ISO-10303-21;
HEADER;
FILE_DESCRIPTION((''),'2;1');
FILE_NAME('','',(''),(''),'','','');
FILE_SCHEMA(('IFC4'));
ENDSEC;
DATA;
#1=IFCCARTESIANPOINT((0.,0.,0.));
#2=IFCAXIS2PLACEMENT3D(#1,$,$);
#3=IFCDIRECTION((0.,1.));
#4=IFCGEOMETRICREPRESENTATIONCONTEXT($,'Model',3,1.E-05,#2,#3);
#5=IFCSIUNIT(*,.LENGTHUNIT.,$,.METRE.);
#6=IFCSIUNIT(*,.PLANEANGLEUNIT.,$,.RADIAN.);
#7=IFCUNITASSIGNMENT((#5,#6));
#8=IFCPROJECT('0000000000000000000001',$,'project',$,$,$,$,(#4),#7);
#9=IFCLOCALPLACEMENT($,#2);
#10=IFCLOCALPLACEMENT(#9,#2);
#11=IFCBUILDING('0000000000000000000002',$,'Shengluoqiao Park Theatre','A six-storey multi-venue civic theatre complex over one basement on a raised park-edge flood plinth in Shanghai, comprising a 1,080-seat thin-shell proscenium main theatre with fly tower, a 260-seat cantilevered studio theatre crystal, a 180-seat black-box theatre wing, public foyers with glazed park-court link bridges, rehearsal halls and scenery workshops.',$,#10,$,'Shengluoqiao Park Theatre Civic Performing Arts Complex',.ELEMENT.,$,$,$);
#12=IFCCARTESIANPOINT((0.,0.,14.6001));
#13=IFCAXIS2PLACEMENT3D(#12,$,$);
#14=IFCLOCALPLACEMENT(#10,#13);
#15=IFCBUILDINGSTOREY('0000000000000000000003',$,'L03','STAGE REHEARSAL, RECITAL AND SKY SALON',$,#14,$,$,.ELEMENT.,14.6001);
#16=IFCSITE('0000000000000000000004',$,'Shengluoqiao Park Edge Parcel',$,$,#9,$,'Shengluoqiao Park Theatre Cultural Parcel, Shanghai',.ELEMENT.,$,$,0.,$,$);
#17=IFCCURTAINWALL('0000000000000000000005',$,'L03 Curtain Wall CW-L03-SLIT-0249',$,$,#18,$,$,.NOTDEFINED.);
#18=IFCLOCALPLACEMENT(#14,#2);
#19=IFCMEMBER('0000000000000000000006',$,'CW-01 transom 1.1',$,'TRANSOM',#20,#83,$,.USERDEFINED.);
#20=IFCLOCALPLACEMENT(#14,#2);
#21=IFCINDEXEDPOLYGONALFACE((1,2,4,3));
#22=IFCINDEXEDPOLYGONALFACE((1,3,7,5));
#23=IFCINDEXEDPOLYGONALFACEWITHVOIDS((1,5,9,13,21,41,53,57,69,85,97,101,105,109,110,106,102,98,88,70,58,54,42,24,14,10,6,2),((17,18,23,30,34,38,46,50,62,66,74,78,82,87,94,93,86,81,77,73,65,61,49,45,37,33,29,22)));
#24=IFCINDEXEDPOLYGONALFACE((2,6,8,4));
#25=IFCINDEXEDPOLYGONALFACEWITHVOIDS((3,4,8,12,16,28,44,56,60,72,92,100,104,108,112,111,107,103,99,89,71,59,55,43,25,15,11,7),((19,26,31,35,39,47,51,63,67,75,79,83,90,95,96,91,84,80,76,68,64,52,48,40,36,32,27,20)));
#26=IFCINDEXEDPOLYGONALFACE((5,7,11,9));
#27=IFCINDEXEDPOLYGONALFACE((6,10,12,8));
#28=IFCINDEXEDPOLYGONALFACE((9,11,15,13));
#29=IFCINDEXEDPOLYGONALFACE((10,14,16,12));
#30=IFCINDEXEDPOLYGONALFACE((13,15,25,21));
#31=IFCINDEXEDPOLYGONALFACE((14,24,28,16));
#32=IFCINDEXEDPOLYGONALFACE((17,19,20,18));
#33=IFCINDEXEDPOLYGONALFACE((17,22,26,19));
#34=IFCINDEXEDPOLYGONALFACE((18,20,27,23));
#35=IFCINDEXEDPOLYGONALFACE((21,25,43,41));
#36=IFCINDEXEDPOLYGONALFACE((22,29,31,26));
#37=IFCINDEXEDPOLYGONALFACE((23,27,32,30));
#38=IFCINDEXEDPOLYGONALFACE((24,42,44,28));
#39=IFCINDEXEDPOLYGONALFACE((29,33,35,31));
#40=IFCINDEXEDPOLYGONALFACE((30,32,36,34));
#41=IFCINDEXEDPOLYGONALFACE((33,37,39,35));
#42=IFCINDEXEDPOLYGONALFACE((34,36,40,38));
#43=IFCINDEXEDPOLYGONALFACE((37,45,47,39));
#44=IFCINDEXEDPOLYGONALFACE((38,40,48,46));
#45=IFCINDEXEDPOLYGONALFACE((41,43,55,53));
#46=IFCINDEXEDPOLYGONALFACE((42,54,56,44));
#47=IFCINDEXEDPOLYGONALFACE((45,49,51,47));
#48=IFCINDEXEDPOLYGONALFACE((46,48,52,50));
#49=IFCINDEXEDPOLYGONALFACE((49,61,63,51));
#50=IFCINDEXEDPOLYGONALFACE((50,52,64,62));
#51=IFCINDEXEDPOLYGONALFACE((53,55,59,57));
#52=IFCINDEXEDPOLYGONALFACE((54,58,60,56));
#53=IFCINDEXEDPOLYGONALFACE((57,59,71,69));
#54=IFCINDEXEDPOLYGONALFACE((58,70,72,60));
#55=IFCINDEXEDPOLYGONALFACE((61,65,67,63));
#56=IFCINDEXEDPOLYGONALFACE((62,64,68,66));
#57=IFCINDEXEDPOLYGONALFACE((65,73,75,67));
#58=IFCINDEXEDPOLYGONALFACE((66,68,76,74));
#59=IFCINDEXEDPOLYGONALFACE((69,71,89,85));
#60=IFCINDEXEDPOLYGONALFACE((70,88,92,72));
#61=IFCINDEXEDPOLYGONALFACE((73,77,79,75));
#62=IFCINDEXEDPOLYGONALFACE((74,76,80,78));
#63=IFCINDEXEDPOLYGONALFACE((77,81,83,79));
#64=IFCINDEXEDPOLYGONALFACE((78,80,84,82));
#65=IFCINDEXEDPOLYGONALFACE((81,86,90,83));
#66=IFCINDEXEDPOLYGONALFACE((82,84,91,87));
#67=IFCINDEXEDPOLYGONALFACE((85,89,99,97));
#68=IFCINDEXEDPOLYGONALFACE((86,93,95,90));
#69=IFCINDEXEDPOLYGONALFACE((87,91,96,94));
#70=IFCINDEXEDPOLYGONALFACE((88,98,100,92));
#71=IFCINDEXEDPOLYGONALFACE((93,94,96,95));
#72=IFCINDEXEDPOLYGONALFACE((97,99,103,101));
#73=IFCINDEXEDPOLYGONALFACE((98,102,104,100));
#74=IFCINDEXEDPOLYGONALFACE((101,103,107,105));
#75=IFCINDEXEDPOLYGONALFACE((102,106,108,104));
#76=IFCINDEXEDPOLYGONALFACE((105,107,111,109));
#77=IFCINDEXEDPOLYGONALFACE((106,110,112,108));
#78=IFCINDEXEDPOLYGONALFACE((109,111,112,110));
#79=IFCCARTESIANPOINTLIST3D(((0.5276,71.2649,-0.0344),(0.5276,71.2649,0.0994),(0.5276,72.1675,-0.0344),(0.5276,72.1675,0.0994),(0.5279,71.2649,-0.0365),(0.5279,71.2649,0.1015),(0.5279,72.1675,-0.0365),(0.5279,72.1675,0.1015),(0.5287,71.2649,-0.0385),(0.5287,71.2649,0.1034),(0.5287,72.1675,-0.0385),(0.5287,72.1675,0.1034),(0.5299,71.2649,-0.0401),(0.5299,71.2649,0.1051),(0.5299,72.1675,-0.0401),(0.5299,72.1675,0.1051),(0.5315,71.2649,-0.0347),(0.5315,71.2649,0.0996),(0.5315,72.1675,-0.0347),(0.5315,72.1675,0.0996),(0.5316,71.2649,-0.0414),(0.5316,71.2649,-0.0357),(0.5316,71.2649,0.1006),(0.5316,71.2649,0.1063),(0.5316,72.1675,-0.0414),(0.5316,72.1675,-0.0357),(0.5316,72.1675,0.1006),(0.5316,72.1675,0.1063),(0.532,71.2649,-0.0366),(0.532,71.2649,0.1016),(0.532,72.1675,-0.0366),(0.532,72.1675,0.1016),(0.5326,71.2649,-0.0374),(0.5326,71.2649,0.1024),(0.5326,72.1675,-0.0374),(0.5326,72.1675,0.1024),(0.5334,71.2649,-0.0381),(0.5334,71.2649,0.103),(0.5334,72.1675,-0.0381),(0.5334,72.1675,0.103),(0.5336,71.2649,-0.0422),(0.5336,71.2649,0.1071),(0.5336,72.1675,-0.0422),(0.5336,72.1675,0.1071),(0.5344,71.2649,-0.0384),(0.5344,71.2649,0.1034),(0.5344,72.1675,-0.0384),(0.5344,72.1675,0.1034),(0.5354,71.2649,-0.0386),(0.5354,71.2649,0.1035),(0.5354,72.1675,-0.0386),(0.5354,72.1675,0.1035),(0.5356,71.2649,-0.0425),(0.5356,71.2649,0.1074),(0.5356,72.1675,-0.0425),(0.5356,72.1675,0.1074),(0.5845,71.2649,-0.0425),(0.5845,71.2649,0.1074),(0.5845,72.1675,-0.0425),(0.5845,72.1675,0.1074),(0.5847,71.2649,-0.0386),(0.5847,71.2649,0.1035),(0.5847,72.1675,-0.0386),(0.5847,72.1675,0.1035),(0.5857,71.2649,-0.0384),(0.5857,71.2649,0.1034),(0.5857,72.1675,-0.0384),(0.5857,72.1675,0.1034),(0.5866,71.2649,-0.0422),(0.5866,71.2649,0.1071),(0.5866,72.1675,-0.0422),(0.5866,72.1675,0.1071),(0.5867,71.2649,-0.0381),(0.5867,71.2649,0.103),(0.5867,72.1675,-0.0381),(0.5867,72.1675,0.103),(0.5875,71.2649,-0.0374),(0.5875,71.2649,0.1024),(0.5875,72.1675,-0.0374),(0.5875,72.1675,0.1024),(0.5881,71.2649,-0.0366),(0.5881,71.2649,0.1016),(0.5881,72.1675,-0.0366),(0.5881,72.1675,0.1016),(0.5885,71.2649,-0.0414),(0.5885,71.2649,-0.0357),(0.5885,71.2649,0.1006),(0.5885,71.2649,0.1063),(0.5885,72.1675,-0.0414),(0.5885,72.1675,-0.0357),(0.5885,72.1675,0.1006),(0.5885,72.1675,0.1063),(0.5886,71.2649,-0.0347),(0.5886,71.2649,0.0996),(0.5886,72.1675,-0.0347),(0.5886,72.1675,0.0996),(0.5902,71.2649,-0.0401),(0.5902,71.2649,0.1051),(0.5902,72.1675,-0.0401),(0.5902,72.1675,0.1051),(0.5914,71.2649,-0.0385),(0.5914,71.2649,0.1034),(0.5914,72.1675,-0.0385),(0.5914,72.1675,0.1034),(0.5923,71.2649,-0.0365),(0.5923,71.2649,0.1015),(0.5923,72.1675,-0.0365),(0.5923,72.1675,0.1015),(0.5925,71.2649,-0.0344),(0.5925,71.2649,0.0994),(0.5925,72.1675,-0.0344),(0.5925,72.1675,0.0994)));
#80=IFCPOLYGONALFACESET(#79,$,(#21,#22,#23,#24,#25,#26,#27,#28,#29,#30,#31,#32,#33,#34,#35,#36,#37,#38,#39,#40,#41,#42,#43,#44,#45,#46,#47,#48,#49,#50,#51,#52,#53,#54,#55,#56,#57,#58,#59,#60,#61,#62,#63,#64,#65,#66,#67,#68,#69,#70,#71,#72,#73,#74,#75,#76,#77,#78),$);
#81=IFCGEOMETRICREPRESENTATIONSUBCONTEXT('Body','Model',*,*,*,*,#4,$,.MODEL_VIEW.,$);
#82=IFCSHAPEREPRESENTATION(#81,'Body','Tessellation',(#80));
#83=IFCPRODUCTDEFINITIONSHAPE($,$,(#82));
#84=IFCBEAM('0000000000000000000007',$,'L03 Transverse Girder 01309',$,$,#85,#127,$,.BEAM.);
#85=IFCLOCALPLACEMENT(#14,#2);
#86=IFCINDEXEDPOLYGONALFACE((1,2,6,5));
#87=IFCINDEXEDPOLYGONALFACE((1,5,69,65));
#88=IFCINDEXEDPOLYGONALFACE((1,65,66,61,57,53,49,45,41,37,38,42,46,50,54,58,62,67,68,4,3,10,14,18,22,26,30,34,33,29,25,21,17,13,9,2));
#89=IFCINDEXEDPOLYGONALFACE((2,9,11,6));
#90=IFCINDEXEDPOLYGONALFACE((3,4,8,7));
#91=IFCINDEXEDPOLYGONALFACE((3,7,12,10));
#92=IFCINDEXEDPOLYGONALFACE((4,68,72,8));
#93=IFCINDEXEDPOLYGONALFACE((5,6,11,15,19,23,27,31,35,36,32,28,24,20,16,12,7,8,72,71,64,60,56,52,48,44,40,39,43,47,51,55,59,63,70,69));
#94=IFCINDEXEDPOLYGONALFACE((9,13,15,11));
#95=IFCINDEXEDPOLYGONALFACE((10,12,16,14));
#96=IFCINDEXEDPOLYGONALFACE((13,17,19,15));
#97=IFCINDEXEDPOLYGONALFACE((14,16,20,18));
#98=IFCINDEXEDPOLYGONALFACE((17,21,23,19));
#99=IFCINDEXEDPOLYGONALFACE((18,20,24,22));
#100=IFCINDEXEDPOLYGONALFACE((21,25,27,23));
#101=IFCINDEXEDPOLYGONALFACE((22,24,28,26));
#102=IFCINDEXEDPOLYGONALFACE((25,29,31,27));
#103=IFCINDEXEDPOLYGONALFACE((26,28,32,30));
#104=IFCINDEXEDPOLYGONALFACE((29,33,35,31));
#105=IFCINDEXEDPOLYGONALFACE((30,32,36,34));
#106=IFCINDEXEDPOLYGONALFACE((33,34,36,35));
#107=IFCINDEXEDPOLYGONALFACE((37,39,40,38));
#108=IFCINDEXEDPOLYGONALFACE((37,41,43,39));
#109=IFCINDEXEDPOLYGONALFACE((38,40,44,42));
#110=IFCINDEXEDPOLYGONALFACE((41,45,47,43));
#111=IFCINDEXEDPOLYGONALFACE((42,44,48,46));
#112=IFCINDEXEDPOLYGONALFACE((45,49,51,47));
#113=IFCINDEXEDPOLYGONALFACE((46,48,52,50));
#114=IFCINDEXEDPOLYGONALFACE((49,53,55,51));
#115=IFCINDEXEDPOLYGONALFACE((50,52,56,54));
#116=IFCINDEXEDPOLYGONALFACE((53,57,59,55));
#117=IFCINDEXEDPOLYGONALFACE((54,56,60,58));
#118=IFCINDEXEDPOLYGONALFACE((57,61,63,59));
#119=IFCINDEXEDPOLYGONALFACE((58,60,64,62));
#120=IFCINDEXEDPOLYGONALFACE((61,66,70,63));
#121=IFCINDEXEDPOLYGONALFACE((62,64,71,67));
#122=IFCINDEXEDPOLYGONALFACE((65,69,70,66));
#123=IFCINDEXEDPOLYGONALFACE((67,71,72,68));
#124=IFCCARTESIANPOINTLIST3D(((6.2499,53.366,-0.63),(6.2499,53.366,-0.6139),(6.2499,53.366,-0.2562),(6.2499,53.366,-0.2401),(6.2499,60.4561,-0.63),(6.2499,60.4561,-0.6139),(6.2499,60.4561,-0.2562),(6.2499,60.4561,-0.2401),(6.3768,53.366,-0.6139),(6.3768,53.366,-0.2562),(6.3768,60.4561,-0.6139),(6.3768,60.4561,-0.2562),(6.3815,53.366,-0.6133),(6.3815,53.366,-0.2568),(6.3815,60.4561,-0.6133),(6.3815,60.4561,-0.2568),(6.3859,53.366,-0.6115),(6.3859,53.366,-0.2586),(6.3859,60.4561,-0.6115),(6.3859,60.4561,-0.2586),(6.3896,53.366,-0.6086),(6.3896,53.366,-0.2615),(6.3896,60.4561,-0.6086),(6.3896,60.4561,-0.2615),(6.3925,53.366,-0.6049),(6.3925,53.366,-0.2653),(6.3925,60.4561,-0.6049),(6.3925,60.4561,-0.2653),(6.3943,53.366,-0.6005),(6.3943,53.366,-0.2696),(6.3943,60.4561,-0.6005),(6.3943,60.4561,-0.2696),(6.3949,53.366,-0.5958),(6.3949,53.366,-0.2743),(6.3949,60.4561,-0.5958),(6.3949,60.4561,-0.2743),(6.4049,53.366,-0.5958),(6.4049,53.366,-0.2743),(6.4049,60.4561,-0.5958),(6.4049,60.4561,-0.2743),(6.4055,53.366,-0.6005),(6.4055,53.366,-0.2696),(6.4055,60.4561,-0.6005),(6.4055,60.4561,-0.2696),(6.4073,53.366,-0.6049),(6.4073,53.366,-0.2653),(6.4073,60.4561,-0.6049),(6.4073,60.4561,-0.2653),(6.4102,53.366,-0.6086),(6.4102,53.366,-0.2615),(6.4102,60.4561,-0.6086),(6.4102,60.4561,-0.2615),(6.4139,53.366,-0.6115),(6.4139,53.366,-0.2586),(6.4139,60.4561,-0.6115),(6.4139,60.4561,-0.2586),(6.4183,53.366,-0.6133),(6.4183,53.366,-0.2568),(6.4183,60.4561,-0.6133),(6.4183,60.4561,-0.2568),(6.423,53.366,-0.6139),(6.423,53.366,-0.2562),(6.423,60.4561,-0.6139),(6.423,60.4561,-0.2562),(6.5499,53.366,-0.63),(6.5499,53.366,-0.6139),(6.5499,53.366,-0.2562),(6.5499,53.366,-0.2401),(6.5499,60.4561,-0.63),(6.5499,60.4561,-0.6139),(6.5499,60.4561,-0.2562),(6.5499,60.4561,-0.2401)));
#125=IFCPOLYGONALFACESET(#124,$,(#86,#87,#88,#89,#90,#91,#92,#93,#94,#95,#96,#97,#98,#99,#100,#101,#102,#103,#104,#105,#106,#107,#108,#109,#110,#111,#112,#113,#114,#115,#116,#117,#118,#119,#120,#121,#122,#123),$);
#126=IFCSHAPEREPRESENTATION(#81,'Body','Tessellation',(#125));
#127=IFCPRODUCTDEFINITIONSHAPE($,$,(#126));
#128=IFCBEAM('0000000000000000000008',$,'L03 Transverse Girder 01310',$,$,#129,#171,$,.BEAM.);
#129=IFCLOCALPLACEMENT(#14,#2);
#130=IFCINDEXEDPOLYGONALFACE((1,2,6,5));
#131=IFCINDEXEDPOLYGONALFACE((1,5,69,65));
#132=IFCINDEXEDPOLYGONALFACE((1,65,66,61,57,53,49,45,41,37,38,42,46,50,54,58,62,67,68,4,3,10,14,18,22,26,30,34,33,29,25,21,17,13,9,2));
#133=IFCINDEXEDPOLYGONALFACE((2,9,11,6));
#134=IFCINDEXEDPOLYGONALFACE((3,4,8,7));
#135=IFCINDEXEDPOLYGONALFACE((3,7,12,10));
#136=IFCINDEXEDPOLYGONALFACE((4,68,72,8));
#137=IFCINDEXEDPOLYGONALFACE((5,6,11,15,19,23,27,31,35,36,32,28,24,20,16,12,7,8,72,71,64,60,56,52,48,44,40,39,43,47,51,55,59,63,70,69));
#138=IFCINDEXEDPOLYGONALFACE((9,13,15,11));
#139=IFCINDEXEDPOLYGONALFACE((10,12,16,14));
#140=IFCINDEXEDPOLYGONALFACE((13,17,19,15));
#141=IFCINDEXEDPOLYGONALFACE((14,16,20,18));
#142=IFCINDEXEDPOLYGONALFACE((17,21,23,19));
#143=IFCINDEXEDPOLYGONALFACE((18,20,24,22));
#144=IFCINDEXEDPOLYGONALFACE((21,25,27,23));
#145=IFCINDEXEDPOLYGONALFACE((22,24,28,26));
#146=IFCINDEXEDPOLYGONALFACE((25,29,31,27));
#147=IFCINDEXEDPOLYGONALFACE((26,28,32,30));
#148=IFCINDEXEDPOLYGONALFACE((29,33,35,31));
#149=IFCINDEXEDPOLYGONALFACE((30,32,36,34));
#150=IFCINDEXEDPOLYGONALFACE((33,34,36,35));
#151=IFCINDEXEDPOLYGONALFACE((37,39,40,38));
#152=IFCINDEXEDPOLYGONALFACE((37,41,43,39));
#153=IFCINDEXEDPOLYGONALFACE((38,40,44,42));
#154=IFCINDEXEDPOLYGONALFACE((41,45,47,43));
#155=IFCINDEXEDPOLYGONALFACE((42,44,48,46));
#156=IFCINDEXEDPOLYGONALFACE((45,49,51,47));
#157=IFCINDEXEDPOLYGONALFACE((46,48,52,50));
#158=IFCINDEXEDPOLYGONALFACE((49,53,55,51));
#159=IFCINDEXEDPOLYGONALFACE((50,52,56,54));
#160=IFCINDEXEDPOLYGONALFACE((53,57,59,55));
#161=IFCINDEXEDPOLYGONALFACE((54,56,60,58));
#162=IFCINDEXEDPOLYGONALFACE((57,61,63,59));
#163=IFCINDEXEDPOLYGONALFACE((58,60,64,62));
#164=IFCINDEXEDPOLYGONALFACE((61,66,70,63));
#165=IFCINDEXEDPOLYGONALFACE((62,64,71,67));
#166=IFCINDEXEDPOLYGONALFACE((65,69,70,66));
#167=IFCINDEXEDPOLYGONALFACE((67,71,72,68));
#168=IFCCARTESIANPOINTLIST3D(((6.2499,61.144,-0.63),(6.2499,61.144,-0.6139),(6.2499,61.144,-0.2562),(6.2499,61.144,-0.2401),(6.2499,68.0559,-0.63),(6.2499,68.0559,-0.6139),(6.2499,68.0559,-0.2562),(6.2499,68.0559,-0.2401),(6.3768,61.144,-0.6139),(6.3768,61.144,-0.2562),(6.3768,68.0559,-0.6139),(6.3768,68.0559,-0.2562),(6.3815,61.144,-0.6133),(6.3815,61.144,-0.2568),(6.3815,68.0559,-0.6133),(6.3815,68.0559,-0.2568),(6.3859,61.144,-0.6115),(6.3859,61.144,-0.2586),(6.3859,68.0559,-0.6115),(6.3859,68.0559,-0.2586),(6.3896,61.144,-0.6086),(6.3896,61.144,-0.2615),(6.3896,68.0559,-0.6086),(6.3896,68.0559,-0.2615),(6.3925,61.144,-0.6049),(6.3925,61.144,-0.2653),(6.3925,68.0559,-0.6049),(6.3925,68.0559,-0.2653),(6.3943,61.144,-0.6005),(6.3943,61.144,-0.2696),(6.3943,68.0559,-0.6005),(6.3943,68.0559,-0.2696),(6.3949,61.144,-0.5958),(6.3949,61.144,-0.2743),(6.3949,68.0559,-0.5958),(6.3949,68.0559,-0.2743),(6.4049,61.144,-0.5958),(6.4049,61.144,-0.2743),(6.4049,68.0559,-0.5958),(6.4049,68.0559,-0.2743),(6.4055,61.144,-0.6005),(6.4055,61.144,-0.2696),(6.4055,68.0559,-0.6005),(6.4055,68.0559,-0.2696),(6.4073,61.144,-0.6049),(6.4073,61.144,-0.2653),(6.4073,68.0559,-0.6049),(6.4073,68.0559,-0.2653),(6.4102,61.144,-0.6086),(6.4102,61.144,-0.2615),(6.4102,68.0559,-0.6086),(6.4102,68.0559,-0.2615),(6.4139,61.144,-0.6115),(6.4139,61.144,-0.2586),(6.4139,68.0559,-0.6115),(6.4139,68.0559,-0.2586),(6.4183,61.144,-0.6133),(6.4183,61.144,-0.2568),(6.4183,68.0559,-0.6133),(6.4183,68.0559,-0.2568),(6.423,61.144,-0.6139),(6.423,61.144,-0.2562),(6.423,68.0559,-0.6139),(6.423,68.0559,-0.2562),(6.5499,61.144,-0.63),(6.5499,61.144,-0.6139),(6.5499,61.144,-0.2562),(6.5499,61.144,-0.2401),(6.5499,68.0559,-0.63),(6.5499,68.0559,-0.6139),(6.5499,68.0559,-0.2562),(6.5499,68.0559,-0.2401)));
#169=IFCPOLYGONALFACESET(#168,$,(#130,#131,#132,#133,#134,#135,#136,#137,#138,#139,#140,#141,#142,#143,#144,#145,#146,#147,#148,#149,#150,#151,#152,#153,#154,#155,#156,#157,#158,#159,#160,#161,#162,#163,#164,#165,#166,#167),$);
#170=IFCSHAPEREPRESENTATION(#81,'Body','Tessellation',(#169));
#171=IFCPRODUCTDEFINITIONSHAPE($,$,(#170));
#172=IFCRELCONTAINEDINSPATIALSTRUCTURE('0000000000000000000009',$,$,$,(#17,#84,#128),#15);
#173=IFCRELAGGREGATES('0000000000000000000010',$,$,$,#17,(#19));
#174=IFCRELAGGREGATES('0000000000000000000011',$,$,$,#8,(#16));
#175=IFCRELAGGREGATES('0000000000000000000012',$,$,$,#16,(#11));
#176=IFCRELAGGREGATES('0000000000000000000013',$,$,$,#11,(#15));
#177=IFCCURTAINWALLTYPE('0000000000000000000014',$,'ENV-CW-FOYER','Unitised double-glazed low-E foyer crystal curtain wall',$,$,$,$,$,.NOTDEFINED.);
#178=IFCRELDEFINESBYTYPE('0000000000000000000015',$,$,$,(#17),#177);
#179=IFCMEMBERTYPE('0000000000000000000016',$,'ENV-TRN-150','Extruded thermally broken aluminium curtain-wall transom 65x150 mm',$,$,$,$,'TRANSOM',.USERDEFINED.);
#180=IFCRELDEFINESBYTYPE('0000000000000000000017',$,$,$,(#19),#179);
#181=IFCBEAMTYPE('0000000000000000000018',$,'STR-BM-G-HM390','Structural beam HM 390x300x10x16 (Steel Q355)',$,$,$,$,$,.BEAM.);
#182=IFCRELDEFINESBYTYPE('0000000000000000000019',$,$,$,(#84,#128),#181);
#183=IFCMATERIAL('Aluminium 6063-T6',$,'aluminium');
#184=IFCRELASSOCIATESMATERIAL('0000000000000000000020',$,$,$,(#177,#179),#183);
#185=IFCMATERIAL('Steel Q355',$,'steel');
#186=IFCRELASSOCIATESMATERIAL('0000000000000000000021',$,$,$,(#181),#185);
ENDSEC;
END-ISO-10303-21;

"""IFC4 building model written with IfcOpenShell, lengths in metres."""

from ifc_helpers import new_model, si_unit, direction, frame, origin, origin_2d, place, context, subcontext, project, spatial, hollow_rectangle, i_section, extrude, material, material_profile, profile_set, type_object, element, aggregate, save


model = new_model("IFC4")

# Units and contexts
model_context = context("Model", 3, precision=1e-05, world=origin(), true_north=direction((0.0, 1.0)))
body_context = subcontext(model_context, "Body", "Model", "MODEL_VIEW")
ifc_project = project(units=[si_unit("LENGTHUNIT", "METRE"), si_unit("PLANEANGLEUNIT", "RADIAN")], contexts=[model_context])

# Site, building, storey
site_placement = place(None, origin())
site = spatial("IfcSite", under=ifc_project, at=site_placement, Name="Shengluoqiao Park Edge Parcel", LongName="Shengluoqiao Park Theatre Cultural Parcel, Shanghai", CompositionType="ELEMENT", RefElevation=0.0)
building_placement = place(site_placement, origin())
building = spatial("IfcBuilding", under=site, at=building_placement, Name="Shengluoqiao Park Theatre", Description="A six-storey multi-venue civic theatre complex over one basement on a raised park-edge flood plinth in Shanghai, comprising a 1,080-seat thin-shell proscenium main theatre with fly tower, a 260-seat cantilevered studio theatre crystal, a 180-seat black-box theatre wing, public foyers with glazed park-court link bridges, rehearsal halls and scenery workshops.", LongName="Shengluoqiao Park Theatre Civic Performing Arts Complex", CompositionType="ELEMENT")
storey_placement = place(building_placement, frame((0.0, 0.0, 14.6001)))
storey = spatial("IfcBuildingStorey", under=building, at=storey_placement, Name="L03", Description="STAGE REHEARSAL, RECITAL AND SKY SALON", CompositionType="ELEMENT", Elevation=14.6001)

# Curtain wall
ifc_material_1 = material(Name="Aluminium 6063-T6", Category="aluminium")
curtain_wall_type = type_object("IfcCurtainWallType", Name="ENV-CW-FOYER", Description="Unitised double-glazed low-E foyer crystal curtain wall", PredefinedType="NOTDEFINED", material=ifc_material_1)
curtain_wall_1_placement = place(storey_placement, origin())
curtain_wall_1 = element("IfcCurtainWall", 1, at=curtain_wall_1_placement, inside=storey, type_object=curtain_wall_type, Name="L03 Curtain Wall CW-L03-SLIT-0249", PredefinedType="NOTDEFINED")

# Member
ifc_material_profile_1 = material_profile(ifc_material_1, hollow_rectangle(XDim=0.0649, YDim=0.1499, WallThickness=0.0039, InnerFilletRadius=0.0039, OuterFilletRadius=0.0081, at=origin_2d()), Name="ALU TRANSOM 150x65x4")
ifc_profile_set_1 = profile_set([ifc_material_profile_1], Name="Aluminium 6063-T6")
member_type_1 = type_object("IfcMemberType", Name="ENV-TRN-150", Description="Extruded thermally broken aluminium curtain-wall transom 65x150 mm", ElementType="TRANSOM", PredefinedType="USERDEFINED", material=ifc_profile_set_1)
member_1_placement = place(storey_placement, frame((0.5601, 71.2649, 0.0325), z_axis=(0.0, 1.0, 0.0), x_axis=(-1.0, 0.0, 0.0)))
member_1 = element("IfcMember", 2, at=member_1_placement, type_object=member_type_1, Name="CW-01 transom 1.1", ObjectType="TRANSOM", PredefinedType="USERDEFINED", context=body_context, shape_type="SweptSolid", body=[
    extrude(hollow_rectangle(XDim=0.0649, YDim=0.1499, WallThickness=0.0039, InnerFilletRadius=0.0039, OuterFilletRadius=0.0081, at=origin_2d()), origin(), (0.0, 0.0, 1.0), 0.9026),
])
aggregate(curtain_wall_1, [member_1])

# Beams
ifc_material_2 = material(Name="Steel Q355", Category="steel")
ifc_material_profile_2 = material_profile(ifc_material_2, i_section(OverallWidth=0.3, OverallDepth=0.3899, WebThickness=0.01, FlangeThickness=0.0161, FilletRadius=0.0181, at=origin_2d()), Name="HM 390x300x10x16")
ifc_profile_set_2 = profile_set([ifc_material_profile_2], Name="Steel Q355")
beam_type_1 = type_object("IfcBeamType", Name="STR-BM-G-HM390", Description="Structural beam HM 390x300x10x16 (Steel Q355)", PredefinedType="BEAM", material=ifc_profile_set_2)
beam_1_placement = place(storey_placement, frame((6.3999, 53.366, -0.4351), z_axis=(0.0, 1.0, 0.0), x_axis=(-1.0, 0.0, 0.0)))
element("IfcBeam", 3, at=beam_1_placement, inside=storey, type_object=beam_type_1, Name="L03 Transverse Girder 01309", PredefinedType="BEAM", context=body_context, shape_type="SweptSolid", body=[
    extrude(i_section(OverallWidth=0.3, OverallDepth=0.3899, WebThickness=0.01, FlangeThickness=0.0161, FilletRadius=0.0181, at=origin_2d()), origin(), (0.0, 0.0, 1.0), 7.0901),
])
beam_2_placement = place(storey_placement, frame((6.3999, 61.144, -0.4351), z_axis=(0.0, 1.0, 0.0), x_axis=(-1.0, 0.0, 0.0)))
element("IfcBeam", 4, at=beam_2_placement, inside=storey, type_object=beam_type_1, Name="L03 Transverse Girder 01310", PredefinedType="BEAM", context=body_context, shape_type="SweptSolid", body=[
    extrude(i_section(OverallWidth=0.3, OverallDepth=0.3899, WebThickness=0.01, FlangeThickness=0.0161, FilletRadius=0.0181, at=origin_2d()), origin(), (0.0, 0.0, 1.0), 6.9119),
])

save(model, "model.ifc")
